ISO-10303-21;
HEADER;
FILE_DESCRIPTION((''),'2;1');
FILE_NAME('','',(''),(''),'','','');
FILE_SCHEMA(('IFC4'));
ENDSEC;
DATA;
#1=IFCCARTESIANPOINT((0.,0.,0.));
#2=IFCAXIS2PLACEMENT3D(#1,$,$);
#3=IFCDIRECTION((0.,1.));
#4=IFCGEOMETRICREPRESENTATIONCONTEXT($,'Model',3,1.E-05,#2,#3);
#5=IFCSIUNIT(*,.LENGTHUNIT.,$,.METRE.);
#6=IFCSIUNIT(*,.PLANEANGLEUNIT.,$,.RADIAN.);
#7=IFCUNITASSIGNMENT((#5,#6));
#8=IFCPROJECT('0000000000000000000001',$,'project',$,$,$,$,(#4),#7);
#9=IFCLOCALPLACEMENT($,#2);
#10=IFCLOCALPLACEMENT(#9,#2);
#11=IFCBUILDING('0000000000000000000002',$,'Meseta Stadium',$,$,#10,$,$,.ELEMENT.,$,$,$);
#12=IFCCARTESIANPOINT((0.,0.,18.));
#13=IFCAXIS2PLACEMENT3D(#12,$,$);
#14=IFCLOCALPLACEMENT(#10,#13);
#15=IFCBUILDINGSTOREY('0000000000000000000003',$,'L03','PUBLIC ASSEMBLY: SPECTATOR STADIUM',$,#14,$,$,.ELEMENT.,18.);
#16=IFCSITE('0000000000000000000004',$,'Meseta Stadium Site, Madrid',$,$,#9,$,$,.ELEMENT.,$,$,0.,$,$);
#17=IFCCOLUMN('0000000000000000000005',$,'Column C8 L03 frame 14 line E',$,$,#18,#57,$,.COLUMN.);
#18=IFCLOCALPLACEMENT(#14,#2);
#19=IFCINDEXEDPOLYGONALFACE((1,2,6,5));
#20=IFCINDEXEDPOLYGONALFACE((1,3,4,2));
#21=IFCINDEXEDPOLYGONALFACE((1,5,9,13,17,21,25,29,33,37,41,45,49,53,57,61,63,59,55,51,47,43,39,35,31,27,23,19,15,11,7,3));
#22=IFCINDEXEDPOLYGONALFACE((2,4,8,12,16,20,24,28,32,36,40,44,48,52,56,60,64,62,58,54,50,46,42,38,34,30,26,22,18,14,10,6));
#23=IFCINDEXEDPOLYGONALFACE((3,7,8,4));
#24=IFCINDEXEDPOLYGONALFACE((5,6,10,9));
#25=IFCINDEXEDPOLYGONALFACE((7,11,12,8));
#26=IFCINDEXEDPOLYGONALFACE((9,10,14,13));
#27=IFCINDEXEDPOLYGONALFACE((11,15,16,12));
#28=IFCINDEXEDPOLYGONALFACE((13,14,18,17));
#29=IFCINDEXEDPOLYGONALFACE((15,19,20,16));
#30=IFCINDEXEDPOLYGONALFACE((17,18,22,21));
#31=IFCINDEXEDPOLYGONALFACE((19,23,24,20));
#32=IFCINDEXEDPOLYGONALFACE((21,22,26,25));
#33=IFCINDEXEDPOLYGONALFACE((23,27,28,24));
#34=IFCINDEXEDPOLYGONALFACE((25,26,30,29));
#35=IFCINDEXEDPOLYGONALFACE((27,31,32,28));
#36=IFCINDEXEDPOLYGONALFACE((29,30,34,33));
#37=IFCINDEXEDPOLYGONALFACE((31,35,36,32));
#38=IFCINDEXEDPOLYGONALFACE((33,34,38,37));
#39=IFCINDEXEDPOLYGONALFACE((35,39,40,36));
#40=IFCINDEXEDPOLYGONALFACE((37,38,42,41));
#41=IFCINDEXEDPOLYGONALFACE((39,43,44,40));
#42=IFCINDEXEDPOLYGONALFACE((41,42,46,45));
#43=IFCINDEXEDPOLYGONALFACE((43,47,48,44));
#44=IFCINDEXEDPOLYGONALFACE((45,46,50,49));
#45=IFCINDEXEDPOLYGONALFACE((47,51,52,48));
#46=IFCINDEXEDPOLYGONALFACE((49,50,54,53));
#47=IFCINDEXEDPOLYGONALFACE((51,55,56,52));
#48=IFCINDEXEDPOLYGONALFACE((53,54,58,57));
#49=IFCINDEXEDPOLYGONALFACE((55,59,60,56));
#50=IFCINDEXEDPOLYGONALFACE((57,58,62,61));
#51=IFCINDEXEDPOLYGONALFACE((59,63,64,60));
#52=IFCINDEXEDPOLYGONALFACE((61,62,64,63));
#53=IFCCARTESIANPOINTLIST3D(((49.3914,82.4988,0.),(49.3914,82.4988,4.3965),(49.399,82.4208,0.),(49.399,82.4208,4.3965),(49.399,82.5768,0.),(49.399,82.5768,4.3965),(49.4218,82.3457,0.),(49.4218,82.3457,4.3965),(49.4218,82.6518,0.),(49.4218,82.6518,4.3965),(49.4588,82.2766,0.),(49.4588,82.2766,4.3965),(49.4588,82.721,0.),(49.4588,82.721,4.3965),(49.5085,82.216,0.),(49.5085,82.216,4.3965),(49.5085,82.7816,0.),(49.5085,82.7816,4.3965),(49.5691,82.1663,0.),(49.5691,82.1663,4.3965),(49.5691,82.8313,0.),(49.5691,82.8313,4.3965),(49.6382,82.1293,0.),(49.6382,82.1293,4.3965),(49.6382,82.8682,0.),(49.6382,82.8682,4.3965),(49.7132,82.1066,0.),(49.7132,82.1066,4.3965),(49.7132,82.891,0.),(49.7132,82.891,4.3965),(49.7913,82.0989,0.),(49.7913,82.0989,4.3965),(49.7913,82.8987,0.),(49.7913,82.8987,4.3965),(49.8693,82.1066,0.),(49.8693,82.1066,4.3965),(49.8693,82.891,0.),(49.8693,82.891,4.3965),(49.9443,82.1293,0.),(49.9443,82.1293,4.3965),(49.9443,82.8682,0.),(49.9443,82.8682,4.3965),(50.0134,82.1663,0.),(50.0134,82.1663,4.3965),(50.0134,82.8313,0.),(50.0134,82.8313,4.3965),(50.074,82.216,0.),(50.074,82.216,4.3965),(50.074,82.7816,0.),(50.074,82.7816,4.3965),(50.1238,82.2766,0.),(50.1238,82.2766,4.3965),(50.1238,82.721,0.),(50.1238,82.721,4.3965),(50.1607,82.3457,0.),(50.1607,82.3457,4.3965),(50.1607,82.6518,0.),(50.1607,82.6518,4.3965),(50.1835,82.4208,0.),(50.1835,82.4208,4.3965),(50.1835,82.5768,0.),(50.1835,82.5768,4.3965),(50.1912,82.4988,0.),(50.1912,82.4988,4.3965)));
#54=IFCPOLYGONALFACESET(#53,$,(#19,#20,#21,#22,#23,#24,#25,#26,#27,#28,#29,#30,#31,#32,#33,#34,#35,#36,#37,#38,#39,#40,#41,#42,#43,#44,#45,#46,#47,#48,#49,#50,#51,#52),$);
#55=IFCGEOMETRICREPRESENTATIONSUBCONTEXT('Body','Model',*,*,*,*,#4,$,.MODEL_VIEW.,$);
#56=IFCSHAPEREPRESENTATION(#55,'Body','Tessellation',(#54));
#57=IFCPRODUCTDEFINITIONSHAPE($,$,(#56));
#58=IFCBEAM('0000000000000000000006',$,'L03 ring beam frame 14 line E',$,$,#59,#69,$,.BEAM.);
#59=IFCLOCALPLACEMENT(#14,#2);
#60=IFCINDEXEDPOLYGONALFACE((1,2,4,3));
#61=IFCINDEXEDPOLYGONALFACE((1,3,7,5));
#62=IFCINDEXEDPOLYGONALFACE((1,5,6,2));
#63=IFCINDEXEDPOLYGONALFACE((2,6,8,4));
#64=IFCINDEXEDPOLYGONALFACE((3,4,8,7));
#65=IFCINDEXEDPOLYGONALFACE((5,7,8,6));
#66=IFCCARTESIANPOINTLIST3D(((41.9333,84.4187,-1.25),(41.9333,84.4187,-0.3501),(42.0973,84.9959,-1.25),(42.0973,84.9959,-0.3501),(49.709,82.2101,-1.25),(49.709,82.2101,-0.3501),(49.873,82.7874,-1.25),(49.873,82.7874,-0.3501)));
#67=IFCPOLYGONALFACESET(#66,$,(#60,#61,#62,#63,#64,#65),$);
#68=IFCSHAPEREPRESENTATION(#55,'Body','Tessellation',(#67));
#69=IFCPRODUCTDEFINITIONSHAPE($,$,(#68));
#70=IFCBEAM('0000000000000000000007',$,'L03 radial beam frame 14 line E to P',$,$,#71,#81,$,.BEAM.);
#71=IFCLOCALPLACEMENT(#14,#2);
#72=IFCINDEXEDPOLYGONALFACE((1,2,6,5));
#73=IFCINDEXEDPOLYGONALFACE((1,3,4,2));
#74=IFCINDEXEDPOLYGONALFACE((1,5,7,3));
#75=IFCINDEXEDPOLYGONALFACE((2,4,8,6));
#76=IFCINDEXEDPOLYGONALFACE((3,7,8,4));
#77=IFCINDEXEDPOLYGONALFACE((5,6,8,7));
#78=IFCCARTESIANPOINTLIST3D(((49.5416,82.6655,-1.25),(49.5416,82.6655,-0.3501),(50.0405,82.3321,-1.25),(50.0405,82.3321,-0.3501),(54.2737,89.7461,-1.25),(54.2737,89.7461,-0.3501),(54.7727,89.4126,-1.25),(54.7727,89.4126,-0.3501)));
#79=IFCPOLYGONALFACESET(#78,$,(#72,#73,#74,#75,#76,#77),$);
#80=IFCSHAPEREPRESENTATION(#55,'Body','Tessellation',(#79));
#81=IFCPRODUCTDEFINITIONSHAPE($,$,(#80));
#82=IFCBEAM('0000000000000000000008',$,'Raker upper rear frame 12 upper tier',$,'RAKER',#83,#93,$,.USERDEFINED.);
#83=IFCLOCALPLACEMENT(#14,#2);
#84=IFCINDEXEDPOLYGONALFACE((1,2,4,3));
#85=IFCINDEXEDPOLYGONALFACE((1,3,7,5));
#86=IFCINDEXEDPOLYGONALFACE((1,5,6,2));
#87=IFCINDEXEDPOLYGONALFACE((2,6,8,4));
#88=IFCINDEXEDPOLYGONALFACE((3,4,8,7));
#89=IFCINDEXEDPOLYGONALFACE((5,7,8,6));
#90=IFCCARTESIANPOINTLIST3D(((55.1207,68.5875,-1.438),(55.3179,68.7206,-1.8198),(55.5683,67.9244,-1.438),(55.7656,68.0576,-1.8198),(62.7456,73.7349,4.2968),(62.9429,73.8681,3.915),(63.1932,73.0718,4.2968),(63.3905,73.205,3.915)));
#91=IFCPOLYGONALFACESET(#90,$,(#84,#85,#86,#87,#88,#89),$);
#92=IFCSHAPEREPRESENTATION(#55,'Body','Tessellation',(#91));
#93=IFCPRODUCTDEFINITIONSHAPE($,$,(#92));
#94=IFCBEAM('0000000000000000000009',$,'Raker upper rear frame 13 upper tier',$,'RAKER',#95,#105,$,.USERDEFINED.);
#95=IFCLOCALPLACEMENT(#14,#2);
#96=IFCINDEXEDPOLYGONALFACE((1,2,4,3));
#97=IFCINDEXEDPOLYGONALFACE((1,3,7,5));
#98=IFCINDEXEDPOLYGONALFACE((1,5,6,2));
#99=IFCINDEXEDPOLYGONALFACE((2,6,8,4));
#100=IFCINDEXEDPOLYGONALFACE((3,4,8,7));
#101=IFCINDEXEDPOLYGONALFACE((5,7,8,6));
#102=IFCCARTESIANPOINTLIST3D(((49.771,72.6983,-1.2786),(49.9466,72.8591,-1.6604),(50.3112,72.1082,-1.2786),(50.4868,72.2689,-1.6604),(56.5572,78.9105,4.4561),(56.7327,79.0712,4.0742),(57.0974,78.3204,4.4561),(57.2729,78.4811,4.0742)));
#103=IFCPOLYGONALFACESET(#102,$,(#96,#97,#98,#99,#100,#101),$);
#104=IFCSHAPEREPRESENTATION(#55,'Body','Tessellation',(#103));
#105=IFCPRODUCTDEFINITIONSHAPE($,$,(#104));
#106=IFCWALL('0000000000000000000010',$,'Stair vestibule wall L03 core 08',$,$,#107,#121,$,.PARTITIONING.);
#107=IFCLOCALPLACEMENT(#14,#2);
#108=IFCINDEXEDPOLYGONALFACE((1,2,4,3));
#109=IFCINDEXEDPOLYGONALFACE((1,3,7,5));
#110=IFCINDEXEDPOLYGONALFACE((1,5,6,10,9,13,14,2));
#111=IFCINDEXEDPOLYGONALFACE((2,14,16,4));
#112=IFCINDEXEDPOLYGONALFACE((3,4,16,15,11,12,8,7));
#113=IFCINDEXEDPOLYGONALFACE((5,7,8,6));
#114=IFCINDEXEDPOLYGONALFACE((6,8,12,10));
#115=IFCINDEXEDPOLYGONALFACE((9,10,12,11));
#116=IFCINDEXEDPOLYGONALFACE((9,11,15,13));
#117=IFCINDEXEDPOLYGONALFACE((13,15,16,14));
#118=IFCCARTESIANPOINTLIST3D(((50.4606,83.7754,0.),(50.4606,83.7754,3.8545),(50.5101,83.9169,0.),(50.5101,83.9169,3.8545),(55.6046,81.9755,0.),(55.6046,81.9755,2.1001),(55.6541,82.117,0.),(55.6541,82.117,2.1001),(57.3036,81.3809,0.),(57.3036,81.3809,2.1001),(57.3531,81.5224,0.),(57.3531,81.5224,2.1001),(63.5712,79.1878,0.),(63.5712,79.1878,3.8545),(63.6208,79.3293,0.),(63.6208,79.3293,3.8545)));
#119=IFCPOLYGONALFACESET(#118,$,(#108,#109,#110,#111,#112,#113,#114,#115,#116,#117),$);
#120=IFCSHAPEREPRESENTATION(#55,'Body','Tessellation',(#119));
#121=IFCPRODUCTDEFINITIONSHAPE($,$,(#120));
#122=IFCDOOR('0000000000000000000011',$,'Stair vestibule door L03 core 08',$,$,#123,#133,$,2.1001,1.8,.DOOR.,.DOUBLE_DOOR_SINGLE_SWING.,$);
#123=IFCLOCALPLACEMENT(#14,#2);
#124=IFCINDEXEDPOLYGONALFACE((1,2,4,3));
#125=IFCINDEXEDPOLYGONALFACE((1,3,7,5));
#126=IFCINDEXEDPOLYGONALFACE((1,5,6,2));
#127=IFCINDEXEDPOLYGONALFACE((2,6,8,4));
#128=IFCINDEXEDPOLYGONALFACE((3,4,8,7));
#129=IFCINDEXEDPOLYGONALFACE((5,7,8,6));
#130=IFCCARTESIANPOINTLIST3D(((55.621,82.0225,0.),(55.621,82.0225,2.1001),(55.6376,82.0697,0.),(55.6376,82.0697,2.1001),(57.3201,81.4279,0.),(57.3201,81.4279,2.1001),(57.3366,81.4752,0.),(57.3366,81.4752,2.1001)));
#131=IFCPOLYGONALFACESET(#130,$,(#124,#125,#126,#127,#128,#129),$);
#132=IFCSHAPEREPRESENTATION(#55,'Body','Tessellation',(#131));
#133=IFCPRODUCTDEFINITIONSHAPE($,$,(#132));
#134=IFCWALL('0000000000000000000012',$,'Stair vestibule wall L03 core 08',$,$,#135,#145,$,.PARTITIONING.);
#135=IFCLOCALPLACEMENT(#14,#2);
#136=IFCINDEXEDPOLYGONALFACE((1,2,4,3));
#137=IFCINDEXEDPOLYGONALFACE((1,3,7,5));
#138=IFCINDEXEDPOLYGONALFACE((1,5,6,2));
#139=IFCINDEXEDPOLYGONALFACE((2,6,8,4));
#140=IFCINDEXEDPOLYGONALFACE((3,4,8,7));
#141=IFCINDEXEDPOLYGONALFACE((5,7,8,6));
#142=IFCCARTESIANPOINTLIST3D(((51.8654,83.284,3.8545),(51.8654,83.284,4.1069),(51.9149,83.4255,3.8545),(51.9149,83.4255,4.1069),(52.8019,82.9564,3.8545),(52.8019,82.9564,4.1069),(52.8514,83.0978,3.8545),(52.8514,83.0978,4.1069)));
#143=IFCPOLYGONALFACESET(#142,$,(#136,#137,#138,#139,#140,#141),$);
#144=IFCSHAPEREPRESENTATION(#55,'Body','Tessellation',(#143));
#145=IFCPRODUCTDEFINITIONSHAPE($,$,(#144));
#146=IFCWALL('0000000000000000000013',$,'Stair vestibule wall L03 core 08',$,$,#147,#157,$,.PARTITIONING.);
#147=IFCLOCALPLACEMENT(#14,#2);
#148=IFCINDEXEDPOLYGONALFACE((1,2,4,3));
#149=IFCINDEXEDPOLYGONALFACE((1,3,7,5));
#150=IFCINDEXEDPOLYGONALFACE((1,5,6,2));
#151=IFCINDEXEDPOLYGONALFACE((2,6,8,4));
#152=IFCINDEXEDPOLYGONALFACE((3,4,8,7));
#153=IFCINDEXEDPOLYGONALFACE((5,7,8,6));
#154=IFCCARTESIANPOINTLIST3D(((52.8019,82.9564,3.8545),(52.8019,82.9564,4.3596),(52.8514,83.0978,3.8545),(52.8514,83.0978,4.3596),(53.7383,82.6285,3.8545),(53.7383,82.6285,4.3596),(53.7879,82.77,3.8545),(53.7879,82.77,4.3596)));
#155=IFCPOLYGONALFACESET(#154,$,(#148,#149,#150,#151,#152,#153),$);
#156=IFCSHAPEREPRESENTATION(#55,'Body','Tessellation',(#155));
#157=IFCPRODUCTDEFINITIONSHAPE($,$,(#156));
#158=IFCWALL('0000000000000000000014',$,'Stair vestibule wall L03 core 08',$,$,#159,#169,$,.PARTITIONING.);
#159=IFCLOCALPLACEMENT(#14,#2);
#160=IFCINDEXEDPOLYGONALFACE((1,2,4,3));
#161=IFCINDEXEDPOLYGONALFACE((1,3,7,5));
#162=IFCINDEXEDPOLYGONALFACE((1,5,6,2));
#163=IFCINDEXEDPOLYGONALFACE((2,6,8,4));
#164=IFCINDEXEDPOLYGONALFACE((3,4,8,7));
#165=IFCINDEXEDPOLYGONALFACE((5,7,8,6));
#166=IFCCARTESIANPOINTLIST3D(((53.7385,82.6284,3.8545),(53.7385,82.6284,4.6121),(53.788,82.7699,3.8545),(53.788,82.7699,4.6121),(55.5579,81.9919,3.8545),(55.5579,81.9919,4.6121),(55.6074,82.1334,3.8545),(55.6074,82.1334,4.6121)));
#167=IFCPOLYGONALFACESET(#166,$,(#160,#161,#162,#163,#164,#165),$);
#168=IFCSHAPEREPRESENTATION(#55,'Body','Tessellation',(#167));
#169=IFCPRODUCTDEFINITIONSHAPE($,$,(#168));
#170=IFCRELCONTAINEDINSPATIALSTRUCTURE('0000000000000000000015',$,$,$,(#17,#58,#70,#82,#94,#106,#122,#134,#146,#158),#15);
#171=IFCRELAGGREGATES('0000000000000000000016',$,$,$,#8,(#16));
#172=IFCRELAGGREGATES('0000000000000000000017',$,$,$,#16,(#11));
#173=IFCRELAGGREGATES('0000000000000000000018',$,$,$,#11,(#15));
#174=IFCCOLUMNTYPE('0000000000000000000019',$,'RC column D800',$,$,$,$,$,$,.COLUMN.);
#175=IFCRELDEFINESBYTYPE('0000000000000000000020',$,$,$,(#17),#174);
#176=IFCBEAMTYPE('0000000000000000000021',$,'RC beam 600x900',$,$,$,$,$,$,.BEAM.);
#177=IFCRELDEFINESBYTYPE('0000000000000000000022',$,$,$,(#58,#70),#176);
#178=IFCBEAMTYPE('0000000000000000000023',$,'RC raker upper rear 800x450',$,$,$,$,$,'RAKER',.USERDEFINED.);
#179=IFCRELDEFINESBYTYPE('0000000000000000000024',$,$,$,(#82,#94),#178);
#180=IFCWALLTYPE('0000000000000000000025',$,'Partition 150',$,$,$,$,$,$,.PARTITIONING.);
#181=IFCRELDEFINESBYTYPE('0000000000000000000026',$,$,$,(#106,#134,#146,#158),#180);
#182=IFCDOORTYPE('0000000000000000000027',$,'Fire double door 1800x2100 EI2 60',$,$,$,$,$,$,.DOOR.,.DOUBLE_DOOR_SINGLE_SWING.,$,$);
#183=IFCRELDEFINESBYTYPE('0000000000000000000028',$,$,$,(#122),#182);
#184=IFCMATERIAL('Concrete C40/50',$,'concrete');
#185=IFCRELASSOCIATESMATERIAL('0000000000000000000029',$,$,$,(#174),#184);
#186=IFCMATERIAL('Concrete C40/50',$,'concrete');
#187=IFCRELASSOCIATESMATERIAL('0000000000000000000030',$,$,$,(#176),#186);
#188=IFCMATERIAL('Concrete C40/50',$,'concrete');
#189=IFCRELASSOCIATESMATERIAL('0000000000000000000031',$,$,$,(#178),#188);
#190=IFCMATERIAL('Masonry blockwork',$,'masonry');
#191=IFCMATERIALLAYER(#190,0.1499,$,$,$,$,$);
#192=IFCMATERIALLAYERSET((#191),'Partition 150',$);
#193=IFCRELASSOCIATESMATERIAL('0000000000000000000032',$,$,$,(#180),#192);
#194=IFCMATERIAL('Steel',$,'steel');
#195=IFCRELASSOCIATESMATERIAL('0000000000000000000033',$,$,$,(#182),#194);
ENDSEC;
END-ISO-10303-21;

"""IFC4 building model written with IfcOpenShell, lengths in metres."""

from ifc_helpers import new_model, si_unit, direction, frame, frame_2d, origin, origin_2d, place, context, subcontext, project, spatial, rectangle, circle, extrude, material, layer, layer_set, material_profile, profile_set, type_object, element, fill, save


model = new_model("IFC4")

# Units and contexts
model_context = context("Model", 3, precision=1e-05, world=origin(), true_north=direction((0.0, 1.0)))
body_context = subcontext(model_context, "Body", "Model", "MODEL_VIEW")
ifc_project = project(units=[si_unit("LENGTHUNIT", "METRE"), si_unit("PLANEANGLEUNIT", "RADIAN")], contexts=[model_context])

# Site, building, storey
site_placement = place(None, origin())
site = spatial("IfcSite", under=ifc_project, at=site_placement, Name="Meseta Stadium Site, Madrid", CompositionType="ELEMENT", RefElevation=0.0)
building_placement = place(site_placement, origin())
building = spatial("IfcBuilding", under=site, at=building_placement, Name="Meseta Stadium", CompositionType="ELEMENT")
storey_placement = place(building_placement, frame((0.0, 0.0, 18.0)))
storey = spatial("IfcBuildingStorey", under=building, at=storey_placement, Name="L03", Description="PUBLIC ASSEMBLY: SPECTATOR STADIUM", CompositionType="ELEMENT", Elevation=18.0)

# Column
ifc_material_1 = material(Name="Concrete C40/50", Category="concrete")
ifc_material_profile_1 = material_profile(ifc_material_1, circle(Radius=0.3999, at=origin_2d()), Name="RC D800")
ifc_profile_set_1 = profile_set([ifc_material_profile_1], Name="Concrete C40/50")
column_type = type_object("IfcColumnType", Name="RC column D800", PredefinedType="COLUMN", material=ifc_profile_set_1)
column_placement = place(storey_placement, frame((49.7913, 82.4988, 0.0), z_axis=(0.0, 0.0, 1.0), x_axis=(1.0, 0.0, 0.0)))
element("IfcColumn", 1, at=column_placement, inside=storey, type_object=column_type, Name="Column C8 L03 frame 14 line E", PredefinedType="COLUMN", context=body_context, shape_type="SweptSolid", body=[
    extrude(circle(Radius=0.3999, at=origin_2d()), origin(), (0.0, 0.0, 1.0), 4.3965),
])

# Beams
ifc_material_2 = material(Name="Concrete C40/50", Category="concrete")
ifc_material_profile_2 = material_profile(ifc_material_2, rectangle(XDim=0.6001, YDim=0.8999, at=origin_2d()), Name="RC 600x900")
ifc_profile_set_2 = profile_set([ifc_material_profile_2], Name="Concrete C40/50")
beam_type_1 = type_object("IfcBeamType", Name="RC beam 600x900", PredefinedType="BEAM", material=ifc_profile_set_2)
beam_1_placement = place(storey_placement, frame((49.791, 82.4988, -0.8), z_axis=(-0.961951, 0.273221, 0.0), x_axis=(-0.273221, -0.961951, 0.0)))
element("IfcBeam", 2, at=beam_1_placement, inside=storey, type_object=beam_type_1, Name="L03 ring beam frame 14 line E", PredefinedType="BEAM", context=body_context, shape_type="SweptSolid", body=[
    extrude(rectangle(XDim=0.6001, YDim=0.8999, at=origin_2d()), origin(), (0.0, 0.0, 1.0), 8.0833),
])
beam_2_placement = place(storey_placement, frame((49.791, 82.4988, -0.8), z_axis=(0.555659, 0.83141, 0.0), x_axis=(-0.83141, 0.555659, 0.0)))
element("IfcBeam", 3, at=beam_2_placement, inside=storey, type_object=beam_type_1, Name="L03 radial beam frame 14 line E to P", PredefinedType="BEAM", context=body_context, shape_type="SweptSolid", body=[
    extrude(rectangle(XDim=0.6001, YDim=0.8999, at=origin_2d()), origin(), (0.0, 0.0, 1.0), 8.5164),
])
ifc_material_3 = material(Name="Concrete C40/50", Category="concrete")
ifc_material_profile_3 = material_profile(ifc_material_3, rectangle(XDim=0.8, YDim=0.45, at=origin_2d()), Name="RC 800x450")
ifc_profile_set_3 = profile_set([ifc_material_profile_3], Name="Concrete C40/50")
beam_type_2 = type_object("IfcBeamType", Name="RC raker upper rear 800x450", ElementType="RAKER", PredefinedType="USERDEFINED", material=ifc_profile_set_3)
beam_3_placement = place(storey_placement, frame((55.4431, 68.3225, -1.6289), z_axis=(0.703353, 0.474818, 0.529001), x_axis=(-0.559517, 0.828819, 0.0)))
element("IfcBeam", 4, at=beam_3_placement, inside=storey, type_object=beam_type_2, Name="Raker upper rear frame 12 upper tier", ObjectType="RAKER", PredefinedType="USERDEFINED", context=body_context, shape_type="SweptSolid", body=[
    extrude(rectangle(XDim=0.8, YDim=0.45, at=origin_2d()), origin(), (0.0, 0.0, 1.0), 10.8408),
])
beam_4_placement = place(storey_placement, frame((50.1289, 72.4836, -1.4695), z_axis=(0.625966, 0.573022, 0.528973), x_axis=(-0.675225, 0.737612, 0.0)))
element("IfcBeam", 5, at=beam_4_placement, inside=storey, type_object=beam_type_2, Name="Raker upper rear frame 13 upper tier", ObjectType="RAKER", PredefinedType="USERDEFINED", context=body_context, shape_type="SweptSolid", body=[
    extrude(rectangle(XDim=0.8, YDim=0.45, at=origin_2d()), origin(), (0.0, 0.0, 1.0), 10.8411),
])

# Wall, opening, door
ifc_material_4 = material(Name="Masonry blockwork", Category="masonry")
ifc_layer_1 = layer(ifc_material_4, 0.1499)
ifc_layer_set_1 = layer_set([ifc_layer_1], Name="Partition 150")
wall_type = type_object("IfcWallType", Name="Partition 150", PredefinedType="PARTITIONING", material=ifc_layer_set_1)
wall_1_placement = place(storey_placement, frame((50.4854, 83.8462, 0.0), z_axis=(0.0, 0.0, 1.0), x_axis=(0.943882, -0.330282, 0.0)))
wall_1 = element("IfcWall", 6, at=wall_1_placement, inside=storey, type_object=wall_type, Name="Stair vestibule wall L03 core 08", PredefinedType="PARTITIONING", context=body_context, shape_type="SweptSolid", body=[
    extrude(rectangle(XDim=13.8901, YDim=0.1499, at=frame_2d((6.9451, 0.0))), origin(), (0.0, 0.0, 1.0), 3.8545),
])
opening_1_placement = place(wall_1_placement, frame((5.45, 0.0, 0.0)))
opening_1 = element("IfcOpeningElement", 7, at=opening_1_placement, cuts=wall_1, PredefinedType="OPENING", context=body_context, shape_type="SweptSolid", body=[
    extrude(rectangle(XDim=1.8, YDim=2.1001, at=frame_2d((0.8999, 1.05))), frame((0.0, 0.085, 0.0), z_axis=(0.0, -1.0, 0.0), x_axis=(1.0, 0.0, 0.0)), (0.0, 0.0, 1.0), 0.1699),
])
ifc_material_5 = material(Name="Steel", Category="steel")
door_type = type_object("IfcDoorType", Name="Fire double door 1800x2100 EI2 60", OperationType="DOUBLE_DOOR_SINGLE_SWING", PredefinedType="DOOR", material=ifc_material_5)
door_1_placement = place(opening_1_placement, origin())
door_1 = element("IfcDoor", 8, at=door_1_placement, inside=storey, type_object=door_type, Name="Stair vestibule door L03 core 08", OperationType="DOUBLE_DOOR_SINGLE_SWING", OverallHeight=2.1001, OverallWidth=1.8, PredefinedType="DOOR", context=body_context, shape_type="SweptSolid", body=[
    extrude(rectangle(XDim=1.8, YDim=2.1001, at=frame_2d((0.8999, 1.05))), frame((0.0, 0.0249, 0.0), z_axis=(0.0, -1.0, 0.0), x_axis=(1.0, 0.0, 0.0)), (0.0, 0.0, 1.0), 0.05),
])
fill(opening_1, door_1)

# Walls
wall_2_placement = place(storey_placement, frame((51.8901, 83.3547, 3.8545), z_axis=(0.0, 0.0, 1.0), x_axis=(0.943904, -0.330219, 0.0)))
element("IfcWall", 9, at=wall_2_placement, inside=storey, type_object=wall_type, Name="Stair vestibule wall L03 core 08", PredefinedType="PARTITIONING", context=body_context, shape_type="SweptSolid", body=[
    extrude(rectangle(XDim=0.9922, YDim=0.1499, at=frame_2d((0.4961, 0.0))), origin(), (0.0, 0.0, 1.0), 0.2524),
])
wall_3_placement = place(storey_placement, frame((52.8267, 83.0271, 3.8545), z_axis=(0.0, 0.0, 1.0), x_axis=(0.943828, -0.330438, 0.0)))
element("IfcWall", 10, at=wall_3_placement, inside=storey, type_object=wall_type, Name="Stair vestibule wall L03 core 08", PredefinedType="PARTITIONING", context=body_context, shape_type="SweptSolid", body=[
    extrude(rectangle(XDim=0.9922, YDim=0.1499, at=frame_2d((0.4961, 0.0))), origin(), (0.0, 0.0, 1.0), 0.5051),
])
wall_4_placement = place(storey_placement, frame((53.7632, 82.6992, 3.8545), z_axis=(0.0, 0.0, 1.0), x_axis=(0.943906, -0.330215, 0.0)))
element("IfcWall", 11, at=wall_4_placement, inside=storey, type_object=wall_type, Name="Stair vestibule wall L03 core 08", PredefinedType="PARTITIONING", context=body_context, shape_type="SweptSolid", body=[
    extrude(rectangle(XDim=1.9275, YDim=0.1499, at=frame_2d((0.9639, 0.0))), origin(), (0.0, 0.0, 1.0), 0.7576),
])

save(model, "model.ifc")
